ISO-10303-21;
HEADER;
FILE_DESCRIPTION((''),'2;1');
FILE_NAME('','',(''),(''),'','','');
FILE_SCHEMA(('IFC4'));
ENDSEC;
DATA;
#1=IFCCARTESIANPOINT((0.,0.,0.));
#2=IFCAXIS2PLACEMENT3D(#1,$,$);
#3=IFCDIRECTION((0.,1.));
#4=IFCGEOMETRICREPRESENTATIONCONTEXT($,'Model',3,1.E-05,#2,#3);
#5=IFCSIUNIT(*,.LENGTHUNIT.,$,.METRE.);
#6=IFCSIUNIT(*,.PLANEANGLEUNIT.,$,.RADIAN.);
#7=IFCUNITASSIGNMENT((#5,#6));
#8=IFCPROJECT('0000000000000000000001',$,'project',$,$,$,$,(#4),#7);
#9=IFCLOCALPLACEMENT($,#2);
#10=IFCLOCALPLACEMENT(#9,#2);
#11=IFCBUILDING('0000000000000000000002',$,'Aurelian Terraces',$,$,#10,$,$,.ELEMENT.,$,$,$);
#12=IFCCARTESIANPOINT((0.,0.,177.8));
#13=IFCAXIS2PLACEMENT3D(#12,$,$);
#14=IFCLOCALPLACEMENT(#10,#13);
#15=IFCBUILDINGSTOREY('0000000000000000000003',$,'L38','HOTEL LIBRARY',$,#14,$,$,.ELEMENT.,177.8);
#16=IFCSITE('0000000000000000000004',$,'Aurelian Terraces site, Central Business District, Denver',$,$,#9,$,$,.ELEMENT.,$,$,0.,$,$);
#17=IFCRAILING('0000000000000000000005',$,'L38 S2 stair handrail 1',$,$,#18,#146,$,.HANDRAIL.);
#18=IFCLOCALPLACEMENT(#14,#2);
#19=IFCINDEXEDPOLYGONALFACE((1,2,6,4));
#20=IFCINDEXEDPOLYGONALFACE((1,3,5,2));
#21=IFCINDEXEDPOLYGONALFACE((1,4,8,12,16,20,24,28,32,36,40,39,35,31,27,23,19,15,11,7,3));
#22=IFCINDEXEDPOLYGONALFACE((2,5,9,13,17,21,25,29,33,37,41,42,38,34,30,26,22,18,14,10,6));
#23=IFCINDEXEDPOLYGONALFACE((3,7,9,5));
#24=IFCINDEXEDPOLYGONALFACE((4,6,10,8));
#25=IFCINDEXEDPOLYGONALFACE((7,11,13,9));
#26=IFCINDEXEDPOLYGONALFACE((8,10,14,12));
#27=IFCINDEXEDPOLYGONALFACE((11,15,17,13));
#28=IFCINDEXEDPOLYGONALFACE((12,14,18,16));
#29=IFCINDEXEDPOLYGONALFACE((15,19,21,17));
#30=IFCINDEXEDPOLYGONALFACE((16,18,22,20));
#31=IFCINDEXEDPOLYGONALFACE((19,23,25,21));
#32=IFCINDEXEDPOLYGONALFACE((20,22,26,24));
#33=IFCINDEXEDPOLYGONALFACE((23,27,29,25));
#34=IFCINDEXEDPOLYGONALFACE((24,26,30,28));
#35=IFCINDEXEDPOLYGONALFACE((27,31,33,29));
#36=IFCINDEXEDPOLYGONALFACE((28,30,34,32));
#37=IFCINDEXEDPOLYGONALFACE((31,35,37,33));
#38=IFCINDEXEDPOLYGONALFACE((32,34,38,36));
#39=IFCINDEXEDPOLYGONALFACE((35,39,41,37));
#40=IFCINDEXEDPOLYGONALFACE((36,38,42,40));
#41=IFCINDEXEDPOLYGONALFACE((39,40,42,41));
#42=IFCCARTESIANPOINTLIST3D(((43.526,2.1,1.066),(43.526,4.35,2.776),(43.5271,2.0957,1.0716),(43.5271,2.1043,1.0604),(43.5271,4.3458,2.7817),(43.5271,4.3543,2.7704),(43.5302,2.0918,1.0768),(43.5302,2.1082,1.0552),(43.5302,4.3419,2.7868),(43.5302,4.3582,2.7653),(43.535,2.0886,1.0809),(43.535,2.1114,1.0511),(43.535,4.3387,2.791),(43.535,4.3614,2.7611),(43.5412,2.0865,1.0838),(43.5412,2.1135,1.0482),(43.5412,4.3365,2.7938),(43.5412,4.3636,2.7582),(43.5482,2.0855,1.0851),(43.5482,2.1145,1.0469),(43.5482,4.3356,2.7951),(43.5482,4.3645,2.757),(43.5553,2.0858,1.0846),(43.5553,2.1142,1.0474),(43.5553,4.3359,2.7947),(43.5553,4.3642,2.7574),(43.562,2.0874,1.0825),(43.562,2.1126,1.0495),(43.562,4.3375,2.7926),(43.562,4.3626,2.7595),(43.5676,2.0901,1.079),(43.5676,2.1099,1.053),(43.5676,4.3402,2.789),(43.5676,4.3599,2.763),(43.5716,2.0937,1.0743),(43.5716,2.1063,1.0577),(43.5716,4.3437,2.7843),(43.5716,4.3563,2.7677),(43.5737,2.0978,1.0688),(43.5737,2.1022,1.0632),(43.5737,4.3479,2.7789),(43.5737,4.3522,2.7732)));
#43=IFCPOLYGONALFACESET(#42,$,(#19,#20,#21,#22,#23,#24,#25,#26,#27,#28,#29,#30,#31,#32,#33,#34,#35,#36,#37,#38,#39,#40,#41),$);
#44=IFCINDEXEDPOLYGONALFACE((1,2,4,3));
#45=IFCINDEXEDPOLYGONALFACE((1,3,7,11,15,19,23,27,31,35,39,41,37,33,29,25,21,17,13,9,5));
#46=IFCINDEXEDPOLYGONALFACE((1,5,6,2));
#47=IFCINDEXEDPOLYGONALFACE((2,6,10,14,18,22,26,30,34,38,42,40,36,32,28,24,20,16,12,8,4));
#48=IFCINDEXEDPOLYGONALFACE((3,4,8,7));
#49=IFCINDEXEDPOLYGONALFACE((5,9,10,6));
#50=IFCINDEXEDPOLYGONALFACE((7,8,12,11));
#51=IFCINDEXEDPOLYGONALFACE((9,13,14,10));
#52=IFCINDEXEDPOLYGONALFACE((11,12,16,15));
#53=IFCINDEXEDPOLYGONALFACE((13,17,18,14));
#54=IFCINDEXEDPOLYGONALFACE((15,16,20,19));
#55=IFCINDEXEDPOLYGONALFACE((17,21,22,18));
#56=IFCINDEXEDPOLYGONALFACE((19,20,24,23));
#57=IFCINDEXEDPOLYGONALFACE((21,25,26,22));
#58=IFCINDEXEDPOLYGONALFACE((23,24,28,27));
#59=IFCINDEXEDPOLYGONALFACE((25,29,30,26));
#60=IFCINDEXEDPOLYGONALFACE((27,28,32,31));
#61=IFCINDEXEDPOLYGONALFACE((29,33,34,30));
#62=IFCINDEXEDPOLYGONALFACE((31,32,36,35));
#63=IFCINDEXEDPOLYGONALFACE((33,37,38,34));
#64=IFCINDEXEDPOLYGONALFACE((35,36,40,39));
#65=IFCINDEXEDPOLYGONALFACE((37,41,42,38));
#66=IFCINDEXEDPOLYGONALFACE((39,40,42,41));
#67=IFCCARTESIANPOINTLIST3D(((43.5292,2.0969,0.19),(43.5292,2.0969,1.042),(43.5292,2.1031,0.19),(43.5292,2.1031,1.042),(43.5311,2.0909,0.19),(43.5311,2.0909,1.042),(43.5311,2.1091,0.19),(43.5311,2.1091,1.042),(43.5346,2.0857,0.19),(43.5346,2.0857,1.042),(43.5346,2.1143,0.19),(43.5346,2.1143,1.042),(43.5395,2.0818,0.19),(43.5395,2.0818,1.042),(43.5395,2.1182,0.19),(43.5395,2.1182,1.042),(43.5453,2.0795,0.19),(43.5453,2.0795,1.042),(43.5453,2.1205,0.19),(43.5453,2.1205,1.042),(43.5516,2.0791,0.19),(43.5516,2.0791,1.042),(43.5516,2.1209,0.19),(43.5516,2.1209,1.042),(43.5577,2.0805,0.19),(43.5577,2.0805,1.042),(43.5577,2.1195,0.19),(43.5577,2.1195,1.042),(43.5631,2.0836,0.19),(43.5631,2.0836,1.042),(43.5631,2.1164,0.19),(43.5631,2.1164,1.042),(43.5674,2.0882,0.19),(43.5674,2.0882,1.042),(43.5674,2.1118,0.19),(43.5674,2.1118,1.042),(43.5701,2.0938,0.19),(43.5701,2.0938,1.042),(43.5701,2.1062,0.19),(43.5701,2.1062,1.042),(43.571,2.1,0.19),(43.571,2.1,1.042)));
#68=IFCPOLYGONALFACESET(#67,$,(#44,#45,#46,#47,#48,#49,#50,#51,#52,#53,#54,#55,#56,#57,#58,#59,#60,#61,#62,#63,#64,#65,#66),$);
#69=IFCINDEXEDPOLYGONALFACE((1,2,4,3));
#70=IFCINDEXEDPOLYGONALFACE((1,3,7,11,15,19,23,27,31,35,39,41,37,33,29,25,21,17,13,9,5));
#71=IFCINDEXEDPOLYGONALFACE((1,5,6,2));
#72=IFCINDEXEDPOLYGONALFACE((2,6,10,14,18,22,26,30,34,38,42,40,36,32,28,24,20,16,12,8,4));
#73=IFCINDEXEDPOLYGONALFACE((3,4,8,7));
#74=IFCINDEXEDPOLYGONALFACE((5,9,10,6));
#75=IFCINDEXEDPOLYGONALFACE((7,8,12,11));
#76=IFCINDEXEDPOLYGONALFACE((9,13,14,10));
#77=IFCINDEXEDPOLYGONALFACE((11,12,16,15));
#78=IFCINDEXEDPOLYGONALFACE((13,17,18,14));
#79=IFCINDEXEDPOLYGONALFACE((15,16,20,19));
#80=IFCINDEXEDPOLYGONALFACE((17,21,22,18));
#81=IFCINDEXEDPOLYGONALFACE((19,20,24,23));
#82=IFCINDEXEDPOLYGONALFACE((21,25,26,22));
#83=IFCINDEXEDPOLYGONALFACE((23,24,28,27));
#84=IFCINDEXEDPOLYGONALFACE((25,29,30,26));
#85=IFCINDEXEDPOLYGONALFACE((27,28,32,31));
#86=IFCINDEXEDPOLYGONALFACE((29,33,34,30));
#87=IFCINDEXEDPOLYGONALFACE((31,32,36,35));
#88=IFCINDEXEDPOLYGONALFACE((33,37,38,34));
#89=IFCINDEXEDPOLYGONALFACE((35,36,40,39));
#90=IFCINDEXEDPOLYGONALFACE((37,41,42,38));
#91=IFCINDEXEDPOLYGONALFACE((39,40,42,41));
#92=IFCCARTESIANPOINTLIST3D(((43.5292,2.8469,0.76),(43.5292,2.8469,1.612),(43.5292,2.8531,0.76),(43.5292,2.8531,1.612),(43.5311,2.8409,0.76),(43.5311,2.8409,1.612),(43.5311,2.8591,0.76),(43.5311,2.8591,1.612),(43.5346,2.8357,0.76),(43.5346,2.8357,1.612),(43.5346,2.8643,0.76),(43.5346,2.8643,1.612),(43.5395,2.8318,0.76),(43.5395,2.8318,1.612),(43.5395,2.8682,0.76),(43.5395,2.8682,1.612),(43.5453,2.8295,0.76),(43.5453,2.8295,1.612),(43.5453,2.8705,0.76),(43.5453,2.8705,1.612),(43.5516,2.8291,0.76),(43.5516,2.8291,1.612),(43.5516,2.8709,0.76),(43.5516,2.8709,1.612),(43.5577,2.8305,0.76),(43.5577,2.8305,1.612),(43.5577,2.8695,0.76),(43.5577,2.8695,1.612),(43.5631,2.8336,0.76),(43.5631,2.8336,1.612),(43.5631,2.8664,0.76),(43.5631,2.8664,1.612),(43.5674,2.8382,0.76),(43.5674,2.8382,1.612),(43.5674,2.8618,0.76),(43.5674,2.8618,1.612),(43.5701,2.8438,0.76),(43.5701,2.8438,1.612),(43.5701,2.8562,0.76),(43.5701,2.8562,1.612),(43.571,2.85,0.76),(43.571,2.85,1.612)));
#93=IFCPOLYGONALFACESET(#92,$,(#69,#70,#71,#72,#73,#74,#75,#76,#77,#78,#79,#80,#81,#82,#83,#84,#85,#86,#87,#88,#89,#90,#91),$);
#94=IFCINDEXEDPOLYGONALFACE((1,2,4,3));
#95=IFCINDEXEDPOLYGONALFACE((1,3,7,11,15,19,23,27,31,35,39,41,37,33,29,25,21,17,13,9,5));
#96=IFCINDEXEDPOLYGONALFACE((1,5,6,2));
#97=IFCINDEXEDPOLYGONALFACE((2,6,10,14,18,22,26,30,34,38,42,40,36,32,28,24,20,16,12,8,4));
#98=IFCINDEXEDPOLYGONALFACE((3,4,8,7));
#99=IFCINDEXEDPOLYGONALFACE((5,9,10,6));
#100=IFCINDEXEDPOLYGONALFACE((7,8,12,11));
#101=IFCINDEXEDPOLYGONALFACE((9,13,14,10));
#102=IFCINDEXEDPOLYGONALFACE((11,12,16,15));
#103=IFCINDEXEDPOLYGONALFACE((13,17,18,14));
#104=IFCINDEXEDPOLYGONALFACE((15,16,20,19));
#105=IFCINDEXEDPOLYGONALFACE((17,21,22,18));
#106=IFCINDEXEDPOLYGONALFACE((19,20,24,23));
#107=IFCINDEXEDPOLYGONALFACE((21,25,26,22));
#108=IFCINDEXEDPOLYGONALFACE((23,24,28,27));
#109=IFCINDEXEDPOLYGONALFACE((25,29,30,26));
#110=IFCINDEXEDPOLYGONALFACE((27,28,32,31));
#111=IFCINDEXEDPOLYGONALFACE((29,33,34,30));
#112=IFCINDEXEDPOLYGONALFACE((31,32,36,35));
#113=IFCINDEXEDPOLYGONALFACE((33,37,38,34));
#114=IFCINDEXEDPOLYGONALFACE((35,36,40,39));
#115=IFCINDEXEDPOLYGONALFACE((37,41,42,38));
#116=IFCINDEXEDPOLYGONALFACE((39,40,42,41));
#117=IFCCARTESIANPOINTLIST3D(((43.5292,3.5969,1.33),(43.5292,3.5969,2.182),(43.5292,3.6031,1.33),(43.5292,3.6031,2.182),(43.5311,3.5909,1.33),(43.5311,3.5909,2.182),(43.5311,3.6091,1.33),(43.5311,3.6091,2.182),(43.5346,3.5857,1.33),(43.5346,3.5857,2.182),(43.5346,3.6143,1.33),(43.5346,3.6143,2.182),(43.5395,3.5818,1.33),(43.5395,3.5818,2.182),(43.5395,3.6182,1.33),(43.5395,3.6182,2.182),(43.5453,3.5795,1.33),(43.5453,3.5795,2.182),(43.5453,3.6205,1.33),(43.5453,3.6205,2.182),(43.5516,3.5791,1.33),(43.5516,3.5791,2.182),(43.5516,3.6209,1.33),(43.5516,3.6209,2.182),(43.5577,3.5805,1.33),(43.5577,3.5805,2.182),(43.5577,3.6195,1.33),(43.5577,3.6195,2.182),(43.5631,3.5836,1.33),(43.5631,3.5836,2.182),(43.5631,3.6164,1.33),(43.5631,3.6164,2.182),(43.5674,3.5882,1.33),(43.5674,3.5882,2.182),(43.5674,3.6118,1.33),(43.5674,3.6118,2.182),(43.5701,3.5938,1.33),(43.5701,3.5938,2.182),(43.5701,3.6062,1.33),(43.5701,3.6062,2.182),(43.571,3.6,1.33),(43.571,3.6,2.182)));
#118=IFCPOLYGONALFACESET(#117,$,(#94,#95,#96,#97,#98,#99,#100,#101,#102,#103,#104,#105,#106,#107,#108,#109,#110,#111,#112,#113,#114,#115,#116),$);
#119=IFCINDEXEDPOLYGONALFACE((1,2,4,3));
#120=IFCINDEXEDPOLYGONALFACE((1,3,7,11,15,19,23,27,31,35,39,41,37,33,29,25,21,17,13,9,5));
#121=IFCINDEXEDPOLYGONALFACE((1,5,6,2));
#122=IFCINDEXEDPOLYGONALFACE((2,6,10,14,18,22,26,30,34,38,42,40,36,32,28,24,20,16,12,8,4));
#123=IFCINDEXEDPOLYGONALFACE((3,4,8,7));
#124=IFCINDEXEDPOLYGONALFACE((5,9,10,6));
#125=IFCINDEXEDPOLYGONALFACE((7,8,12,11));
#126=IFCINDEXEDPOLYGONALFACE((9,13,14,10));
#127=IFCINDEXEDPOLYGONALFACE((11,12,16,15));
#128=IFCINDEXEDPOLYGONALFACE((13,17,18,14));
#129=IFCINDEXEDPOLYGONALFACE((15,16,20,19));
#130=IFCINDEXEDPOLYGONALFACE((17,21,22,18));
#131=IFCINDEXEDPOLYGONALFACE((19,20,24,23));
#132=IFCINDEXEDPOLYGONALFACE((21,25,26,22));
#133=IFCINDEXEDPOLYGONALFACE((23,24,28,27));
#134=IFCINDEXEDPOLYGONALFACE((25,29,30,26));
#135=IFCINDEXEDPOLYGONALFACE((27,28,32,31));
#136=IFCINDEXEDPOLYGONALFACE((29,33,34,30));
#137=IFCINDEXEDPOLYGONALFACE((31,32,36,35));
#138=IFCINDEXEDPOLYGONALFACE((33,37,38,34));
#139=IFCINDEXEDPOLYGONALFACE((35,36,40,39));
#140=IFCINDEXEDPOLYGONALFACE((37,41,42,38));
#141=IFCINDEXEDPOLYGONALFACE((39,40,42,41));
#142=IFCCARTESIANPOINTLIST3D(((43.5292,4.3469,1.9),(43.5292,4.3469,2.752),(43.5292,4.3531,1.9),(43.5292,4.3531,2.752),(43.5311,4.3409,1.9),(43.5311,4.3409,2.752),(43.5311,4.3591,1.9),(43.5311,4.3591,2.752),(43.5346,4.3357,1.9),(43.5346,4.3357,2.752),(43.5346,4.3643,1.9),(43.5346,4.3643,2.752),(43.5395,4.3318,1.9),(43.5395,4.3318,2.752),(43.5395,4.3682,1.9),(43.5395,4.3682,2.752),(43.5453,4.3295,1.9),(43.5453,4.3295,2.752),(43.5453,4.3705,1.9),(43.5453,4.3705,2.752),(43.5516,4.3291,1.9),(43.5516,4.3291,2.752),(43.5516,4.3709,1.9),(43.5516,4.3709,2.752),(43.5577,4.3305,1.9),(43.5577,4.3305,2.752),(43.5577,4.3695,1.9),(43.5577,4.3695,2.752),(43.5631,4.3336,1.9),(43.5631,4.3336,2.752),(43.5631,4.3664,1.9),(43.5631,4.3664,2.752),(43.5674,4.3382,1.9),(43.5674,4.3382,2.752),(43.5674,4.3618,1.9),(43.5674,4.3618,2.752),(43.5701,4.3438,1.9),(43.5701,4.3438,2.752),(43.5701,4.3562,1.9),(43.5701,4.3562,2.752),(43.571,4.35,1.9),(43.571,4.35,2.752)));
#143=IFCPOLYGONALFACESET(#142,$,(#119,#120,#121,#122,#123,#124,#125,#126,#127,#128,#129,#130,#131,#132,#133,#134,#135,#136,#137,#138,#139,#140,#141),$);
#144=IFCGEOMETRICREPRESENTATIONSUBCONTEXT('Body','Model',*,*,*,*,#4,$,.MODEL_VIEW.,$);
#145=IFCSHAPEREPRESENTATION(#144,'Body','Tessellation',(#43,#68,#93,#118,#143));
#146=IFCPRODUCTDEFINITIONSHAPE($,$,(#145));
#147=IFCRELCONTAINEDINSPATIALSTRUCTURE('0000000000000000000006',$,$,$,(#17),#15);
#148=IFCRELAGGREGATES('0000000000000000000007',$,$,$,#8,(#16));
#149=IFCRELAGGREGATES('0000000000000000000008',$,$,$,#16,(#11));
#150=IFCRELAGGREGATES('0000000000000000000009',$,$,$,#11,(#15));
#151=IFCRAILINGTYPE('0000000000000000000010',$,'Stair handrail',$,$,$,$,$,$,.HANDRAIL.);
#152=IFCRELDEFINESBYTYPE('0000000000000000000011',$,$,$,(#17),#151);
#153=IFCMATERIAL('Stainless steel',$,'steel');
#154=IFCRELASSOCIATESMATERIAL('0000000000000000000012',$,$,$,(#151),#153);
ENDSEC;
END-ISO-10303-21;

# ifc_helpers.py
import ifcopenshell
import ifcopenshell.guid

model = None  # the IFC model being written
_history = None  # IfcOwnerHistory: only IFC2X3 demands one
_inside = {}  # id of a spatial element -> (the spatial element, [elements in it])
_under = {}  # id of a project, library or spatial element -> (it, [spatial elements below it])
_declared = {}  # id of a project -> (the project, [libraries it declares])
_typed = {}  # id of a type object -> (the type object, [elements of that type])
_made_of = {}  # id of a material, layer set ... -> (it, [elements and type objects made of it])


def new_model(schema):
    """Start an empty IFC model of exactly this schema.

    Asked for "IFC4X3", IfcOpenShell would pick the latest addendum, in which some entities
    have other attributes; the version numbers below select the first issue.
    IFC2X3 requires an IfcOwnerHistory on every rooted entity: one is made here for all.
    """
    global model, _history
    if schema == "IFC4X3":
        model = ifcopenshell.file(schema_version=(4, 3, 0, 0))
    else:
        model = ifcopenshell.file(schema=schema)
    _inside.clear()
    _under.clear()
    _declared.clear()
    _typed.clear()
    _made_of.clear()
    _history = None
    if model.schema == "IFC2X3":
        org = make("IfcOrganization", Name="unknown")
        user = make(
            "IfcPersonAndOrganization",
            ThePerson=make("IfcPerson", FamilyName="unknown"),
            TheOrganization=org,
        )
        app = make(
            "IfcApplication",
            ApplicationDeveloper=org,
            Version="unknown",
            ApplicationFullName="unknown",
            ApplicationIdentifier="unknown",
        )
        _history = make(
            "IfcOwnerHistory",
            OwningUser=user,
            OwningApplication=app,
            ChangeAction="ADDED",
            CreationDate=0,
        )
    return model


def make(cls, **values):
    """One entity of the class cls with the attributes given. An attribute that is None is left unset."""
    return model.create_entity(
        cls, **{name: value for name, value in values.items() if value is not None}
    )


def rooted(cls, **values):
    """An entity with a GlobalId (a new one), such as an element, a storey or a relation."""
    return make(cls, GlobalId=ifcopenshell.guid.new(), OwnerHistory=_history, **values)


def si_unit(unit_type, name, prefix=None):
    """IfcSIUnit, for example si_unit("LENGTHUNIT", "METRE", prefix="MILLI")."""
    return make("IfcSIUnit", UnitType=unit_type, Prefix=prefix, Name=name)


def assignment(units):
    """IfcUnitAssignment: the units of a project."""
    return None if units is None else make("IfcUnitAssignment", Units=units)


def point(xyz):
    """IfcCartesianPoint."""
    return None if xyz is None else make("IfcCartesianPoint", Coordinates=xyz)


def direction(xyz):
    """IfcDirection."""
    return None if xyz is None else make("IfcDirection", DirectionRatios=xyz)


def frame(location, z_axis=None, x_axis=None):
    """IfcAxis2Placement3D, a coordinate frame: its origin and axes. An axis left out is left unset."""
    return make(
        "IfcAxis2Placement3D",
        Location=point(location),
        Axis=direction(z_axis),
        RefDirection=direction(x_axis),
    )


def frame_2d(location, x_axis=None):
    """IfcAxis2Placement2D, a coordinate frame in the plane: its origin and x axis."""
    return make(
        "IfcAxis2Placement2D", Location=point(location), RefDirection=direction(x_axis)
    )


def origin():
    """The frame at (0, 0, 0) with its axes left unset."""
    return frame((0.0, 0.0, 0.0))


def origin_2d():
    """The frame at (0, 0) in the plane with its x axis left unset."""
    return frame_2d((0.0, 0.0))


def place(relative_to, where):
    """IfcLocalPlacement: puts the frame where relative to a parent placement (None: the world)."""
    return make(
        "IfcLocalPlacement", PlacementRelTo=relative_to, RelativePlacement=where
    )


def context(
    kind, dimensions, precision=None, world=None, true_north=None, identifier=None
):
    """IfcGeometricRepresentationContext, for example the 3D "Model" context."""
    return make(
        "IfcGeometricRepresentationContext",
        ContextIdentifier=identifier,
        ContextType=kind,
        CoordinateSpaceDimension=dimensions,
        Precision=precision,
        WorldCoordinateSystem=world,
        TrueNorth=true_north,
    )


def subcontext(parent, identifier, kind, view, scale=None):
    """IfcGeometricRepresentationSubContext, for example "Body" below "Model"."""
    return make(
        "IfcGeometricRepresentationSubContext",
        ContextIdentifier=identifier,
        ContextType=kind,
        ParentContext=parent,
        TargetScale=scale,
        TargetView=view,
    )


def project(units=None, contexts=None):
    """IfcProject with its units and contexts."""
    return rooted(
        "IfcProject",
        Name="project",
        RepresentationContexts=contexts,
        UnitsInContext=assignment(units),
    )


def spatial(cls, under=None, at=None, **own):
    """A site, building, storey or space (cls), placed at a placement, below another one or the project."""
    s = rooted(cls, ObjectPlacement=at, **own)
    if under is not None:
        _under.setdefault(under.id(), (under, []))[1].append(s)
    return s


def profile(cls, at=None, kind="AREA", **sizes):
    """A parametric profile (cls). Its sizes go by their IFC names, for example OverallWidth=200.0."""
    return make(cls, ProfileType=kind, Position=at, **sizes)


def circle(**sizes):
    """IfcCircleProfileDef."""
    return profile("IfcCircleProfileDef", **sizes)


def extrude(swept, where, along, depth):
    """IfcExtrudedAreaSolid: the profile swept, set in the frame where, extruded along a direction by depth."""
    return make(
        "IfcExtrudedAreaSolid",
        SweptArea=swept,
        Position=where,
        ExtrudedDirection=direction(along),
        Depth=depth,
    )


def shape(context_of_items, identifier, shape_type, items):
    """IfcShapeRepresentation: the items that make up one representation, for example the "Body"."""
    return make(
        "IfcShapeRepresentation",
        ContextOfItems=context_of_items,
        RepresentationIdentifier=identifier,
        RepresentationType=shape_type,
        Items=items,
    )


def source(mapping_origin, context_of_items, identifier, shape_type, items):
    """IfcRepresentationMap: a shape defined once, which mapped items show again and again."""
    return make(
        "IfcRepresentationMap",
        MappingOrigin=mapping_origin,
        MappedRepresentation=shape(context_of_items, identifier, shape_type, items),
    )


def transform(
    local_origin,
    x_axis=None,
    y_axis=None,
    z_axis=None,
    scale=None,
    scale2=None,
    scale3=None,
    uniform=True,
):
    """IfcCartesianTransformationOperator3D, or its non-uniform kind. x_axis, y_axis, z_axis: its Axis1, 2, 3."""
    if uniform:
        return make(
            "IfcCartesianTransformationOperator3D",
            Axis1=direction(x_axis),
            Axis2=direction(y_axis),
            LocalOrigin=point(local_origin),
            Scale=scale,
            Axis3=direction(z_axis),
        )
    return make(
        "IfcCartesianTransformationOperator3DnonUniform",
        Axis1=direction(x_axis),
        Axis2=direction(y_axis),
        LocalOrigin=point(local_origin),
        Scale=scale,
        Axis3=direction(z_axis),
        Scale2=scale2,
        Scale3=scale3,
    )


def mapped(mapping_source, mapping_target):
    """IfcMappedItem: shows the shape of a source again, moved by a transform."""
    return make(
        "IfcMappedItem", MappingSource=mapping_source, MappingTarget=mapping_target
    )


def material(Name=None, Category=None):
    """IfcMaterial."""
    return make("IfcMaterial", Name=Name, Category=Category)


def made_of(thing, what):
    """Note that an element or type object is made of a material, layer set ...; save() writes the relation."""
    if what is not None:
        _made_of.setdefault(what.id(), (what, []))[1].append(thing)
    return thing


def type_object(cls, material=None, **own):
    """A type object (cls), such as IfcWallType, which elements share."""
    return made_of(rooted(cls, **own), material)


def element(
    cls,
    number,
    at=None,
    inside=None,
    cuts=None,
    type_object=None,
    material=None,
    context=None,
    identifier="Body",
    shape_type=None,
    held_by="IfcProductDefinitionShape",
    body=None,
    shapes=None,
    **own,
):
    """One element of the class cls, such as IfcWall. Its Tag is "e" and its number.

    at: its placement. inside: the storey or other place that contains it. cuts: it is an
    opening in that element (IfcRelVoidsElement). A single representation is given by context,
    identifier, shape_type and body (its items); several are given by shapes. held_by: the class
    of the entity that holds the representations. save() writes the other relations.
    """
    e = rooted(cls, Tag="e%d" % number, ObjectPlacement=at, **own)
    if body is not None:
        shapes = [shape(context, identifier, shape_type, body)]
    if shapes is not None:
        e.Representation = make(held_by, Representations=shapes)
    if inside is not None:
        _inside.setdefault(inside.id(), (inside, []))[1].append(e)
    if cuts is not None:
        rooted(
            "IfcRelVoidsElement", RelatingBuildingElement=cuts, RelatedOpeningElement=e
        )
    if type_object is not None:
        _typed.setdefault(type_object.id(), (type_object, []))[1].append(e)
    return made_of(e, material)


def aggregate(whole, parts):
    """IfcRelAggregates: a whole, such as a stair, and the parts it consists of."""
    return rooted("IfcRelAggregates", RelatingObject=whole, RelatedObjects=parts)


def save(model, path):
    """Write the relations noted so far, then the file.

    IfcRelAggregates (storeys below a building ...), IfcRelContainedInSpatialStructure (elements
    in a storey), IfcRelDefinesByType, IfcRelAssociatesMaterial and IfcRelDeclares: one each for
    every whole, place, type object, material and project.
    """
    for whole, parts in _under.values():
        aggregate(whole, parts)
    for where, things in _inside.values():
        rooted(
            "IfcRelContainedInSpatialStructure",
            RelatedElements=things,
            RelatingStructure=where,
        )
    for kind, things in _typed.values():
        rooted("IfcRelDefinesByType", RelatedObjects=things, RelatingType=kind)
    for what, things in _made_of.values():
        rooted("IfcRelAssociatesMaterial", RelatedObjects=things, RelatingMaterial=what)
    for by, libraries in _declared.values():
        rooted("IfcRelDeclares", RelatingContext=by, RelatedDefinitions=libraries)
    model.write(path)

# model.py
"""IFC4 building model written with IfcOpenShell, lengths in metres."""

from ifc_helpers import new_model, si_unit, direction, frame, origin, origin_2d, place, context, subcontext, project, spatial, circle, extrude, source, transform, mapped, material, type_object, element, save


model = new_model("IFC4")

# Units and contexts
model_context = context("Model", 3, precision=1e-05, world=origin(), true_north=direction((0.0, 1.0)))
body_context = subcontext(model_context, "Body", "Model", "MODEL_VIEW")
ifc_project = project(units=[si_unit("LENGTHUNIT", "METRE"), si_unit("PLANEANGLEUNIT", "RADIAN")], contexts=[model_context])

# Site, building, storey
site_placement = place(None, origin())
site = spatial("IfcSite", under=ifc_project, at=site_placement, Name="Aurelian Terraces site, Central Business District, Denver", CompositionType="ELEMENT", RefElevation=0.0)
building_placement = place(site_placement, origin())
building = spatial("IfcBuilding", under=site, at=building_placement, Name="Aurelian Terraces", CompositionType="ELEMENT")
storey_placement = place(building_placement, frame((0.0, 0.0, 177.8)))
storey = spatial("IfcBuildingStorey", under=building, at=storey_placement, Name="L38", Description="HOTEL LIBRARY", CompositionType="ELEMENT", Elevation=177.8)

# Railing
ifc_material_1 = material(Name="Stainless steel", Category="steel")
railing_type_1 = type_object("IfcRailingType", Name="Stair handrail", PredefinedType="HANDRAIL", material=ifc_material_1)
shared_shape_1 = source(origin(), body_context, "Body", "SweptSolid", [
    extrude(circle(Radius=0.024, at=origin_2d()), frame((0.0, 0.0, 0.876), z_axis=(0.0, 0.796162, 0.605083), x_axis=(-1.0, 0.0, 0.0)), (0.0, 0.0, 1.0), 2.8261),
    extrude(circle(Radius=0.021, at=origin_2d()), origin(), (0.0, 0.0, 1.0), 0.852),
    extrude(circle(Radius=0.021, at=origin_2d()), frame((0.0, 0.75, 0.57)), (0.0, 0.0, 1.0), 0.852),
    extrude(circle(Radius=0.021, at=origin_2d()), frame((0.0, 1.5, 1.14)), (0.0, 0.0, 1.0), 0.852),
    extrude(circle(Radius=0.021, at=origin_2d()), frame((0.0, 2.25, 1.71)), (0.0, 0.0, 1.0), 0.852),
])
railing_1_placement = place(storey_placement, frame((43.55, 2.1, 0.19)))
element("IfcRailing", 1, at=railing_1_placement, inside=storey, type_object=railing_type_1, Name="L38 S2 stair handrail 1", PredefinedType="HANDRAIL", context=body_context, shape_type="MappedRepresentation", body=[
    mapped(shared_shape_1, transform((0.0, 0.0, 0.0), scale=1.0)),
])

save(model, "model.ifc")
